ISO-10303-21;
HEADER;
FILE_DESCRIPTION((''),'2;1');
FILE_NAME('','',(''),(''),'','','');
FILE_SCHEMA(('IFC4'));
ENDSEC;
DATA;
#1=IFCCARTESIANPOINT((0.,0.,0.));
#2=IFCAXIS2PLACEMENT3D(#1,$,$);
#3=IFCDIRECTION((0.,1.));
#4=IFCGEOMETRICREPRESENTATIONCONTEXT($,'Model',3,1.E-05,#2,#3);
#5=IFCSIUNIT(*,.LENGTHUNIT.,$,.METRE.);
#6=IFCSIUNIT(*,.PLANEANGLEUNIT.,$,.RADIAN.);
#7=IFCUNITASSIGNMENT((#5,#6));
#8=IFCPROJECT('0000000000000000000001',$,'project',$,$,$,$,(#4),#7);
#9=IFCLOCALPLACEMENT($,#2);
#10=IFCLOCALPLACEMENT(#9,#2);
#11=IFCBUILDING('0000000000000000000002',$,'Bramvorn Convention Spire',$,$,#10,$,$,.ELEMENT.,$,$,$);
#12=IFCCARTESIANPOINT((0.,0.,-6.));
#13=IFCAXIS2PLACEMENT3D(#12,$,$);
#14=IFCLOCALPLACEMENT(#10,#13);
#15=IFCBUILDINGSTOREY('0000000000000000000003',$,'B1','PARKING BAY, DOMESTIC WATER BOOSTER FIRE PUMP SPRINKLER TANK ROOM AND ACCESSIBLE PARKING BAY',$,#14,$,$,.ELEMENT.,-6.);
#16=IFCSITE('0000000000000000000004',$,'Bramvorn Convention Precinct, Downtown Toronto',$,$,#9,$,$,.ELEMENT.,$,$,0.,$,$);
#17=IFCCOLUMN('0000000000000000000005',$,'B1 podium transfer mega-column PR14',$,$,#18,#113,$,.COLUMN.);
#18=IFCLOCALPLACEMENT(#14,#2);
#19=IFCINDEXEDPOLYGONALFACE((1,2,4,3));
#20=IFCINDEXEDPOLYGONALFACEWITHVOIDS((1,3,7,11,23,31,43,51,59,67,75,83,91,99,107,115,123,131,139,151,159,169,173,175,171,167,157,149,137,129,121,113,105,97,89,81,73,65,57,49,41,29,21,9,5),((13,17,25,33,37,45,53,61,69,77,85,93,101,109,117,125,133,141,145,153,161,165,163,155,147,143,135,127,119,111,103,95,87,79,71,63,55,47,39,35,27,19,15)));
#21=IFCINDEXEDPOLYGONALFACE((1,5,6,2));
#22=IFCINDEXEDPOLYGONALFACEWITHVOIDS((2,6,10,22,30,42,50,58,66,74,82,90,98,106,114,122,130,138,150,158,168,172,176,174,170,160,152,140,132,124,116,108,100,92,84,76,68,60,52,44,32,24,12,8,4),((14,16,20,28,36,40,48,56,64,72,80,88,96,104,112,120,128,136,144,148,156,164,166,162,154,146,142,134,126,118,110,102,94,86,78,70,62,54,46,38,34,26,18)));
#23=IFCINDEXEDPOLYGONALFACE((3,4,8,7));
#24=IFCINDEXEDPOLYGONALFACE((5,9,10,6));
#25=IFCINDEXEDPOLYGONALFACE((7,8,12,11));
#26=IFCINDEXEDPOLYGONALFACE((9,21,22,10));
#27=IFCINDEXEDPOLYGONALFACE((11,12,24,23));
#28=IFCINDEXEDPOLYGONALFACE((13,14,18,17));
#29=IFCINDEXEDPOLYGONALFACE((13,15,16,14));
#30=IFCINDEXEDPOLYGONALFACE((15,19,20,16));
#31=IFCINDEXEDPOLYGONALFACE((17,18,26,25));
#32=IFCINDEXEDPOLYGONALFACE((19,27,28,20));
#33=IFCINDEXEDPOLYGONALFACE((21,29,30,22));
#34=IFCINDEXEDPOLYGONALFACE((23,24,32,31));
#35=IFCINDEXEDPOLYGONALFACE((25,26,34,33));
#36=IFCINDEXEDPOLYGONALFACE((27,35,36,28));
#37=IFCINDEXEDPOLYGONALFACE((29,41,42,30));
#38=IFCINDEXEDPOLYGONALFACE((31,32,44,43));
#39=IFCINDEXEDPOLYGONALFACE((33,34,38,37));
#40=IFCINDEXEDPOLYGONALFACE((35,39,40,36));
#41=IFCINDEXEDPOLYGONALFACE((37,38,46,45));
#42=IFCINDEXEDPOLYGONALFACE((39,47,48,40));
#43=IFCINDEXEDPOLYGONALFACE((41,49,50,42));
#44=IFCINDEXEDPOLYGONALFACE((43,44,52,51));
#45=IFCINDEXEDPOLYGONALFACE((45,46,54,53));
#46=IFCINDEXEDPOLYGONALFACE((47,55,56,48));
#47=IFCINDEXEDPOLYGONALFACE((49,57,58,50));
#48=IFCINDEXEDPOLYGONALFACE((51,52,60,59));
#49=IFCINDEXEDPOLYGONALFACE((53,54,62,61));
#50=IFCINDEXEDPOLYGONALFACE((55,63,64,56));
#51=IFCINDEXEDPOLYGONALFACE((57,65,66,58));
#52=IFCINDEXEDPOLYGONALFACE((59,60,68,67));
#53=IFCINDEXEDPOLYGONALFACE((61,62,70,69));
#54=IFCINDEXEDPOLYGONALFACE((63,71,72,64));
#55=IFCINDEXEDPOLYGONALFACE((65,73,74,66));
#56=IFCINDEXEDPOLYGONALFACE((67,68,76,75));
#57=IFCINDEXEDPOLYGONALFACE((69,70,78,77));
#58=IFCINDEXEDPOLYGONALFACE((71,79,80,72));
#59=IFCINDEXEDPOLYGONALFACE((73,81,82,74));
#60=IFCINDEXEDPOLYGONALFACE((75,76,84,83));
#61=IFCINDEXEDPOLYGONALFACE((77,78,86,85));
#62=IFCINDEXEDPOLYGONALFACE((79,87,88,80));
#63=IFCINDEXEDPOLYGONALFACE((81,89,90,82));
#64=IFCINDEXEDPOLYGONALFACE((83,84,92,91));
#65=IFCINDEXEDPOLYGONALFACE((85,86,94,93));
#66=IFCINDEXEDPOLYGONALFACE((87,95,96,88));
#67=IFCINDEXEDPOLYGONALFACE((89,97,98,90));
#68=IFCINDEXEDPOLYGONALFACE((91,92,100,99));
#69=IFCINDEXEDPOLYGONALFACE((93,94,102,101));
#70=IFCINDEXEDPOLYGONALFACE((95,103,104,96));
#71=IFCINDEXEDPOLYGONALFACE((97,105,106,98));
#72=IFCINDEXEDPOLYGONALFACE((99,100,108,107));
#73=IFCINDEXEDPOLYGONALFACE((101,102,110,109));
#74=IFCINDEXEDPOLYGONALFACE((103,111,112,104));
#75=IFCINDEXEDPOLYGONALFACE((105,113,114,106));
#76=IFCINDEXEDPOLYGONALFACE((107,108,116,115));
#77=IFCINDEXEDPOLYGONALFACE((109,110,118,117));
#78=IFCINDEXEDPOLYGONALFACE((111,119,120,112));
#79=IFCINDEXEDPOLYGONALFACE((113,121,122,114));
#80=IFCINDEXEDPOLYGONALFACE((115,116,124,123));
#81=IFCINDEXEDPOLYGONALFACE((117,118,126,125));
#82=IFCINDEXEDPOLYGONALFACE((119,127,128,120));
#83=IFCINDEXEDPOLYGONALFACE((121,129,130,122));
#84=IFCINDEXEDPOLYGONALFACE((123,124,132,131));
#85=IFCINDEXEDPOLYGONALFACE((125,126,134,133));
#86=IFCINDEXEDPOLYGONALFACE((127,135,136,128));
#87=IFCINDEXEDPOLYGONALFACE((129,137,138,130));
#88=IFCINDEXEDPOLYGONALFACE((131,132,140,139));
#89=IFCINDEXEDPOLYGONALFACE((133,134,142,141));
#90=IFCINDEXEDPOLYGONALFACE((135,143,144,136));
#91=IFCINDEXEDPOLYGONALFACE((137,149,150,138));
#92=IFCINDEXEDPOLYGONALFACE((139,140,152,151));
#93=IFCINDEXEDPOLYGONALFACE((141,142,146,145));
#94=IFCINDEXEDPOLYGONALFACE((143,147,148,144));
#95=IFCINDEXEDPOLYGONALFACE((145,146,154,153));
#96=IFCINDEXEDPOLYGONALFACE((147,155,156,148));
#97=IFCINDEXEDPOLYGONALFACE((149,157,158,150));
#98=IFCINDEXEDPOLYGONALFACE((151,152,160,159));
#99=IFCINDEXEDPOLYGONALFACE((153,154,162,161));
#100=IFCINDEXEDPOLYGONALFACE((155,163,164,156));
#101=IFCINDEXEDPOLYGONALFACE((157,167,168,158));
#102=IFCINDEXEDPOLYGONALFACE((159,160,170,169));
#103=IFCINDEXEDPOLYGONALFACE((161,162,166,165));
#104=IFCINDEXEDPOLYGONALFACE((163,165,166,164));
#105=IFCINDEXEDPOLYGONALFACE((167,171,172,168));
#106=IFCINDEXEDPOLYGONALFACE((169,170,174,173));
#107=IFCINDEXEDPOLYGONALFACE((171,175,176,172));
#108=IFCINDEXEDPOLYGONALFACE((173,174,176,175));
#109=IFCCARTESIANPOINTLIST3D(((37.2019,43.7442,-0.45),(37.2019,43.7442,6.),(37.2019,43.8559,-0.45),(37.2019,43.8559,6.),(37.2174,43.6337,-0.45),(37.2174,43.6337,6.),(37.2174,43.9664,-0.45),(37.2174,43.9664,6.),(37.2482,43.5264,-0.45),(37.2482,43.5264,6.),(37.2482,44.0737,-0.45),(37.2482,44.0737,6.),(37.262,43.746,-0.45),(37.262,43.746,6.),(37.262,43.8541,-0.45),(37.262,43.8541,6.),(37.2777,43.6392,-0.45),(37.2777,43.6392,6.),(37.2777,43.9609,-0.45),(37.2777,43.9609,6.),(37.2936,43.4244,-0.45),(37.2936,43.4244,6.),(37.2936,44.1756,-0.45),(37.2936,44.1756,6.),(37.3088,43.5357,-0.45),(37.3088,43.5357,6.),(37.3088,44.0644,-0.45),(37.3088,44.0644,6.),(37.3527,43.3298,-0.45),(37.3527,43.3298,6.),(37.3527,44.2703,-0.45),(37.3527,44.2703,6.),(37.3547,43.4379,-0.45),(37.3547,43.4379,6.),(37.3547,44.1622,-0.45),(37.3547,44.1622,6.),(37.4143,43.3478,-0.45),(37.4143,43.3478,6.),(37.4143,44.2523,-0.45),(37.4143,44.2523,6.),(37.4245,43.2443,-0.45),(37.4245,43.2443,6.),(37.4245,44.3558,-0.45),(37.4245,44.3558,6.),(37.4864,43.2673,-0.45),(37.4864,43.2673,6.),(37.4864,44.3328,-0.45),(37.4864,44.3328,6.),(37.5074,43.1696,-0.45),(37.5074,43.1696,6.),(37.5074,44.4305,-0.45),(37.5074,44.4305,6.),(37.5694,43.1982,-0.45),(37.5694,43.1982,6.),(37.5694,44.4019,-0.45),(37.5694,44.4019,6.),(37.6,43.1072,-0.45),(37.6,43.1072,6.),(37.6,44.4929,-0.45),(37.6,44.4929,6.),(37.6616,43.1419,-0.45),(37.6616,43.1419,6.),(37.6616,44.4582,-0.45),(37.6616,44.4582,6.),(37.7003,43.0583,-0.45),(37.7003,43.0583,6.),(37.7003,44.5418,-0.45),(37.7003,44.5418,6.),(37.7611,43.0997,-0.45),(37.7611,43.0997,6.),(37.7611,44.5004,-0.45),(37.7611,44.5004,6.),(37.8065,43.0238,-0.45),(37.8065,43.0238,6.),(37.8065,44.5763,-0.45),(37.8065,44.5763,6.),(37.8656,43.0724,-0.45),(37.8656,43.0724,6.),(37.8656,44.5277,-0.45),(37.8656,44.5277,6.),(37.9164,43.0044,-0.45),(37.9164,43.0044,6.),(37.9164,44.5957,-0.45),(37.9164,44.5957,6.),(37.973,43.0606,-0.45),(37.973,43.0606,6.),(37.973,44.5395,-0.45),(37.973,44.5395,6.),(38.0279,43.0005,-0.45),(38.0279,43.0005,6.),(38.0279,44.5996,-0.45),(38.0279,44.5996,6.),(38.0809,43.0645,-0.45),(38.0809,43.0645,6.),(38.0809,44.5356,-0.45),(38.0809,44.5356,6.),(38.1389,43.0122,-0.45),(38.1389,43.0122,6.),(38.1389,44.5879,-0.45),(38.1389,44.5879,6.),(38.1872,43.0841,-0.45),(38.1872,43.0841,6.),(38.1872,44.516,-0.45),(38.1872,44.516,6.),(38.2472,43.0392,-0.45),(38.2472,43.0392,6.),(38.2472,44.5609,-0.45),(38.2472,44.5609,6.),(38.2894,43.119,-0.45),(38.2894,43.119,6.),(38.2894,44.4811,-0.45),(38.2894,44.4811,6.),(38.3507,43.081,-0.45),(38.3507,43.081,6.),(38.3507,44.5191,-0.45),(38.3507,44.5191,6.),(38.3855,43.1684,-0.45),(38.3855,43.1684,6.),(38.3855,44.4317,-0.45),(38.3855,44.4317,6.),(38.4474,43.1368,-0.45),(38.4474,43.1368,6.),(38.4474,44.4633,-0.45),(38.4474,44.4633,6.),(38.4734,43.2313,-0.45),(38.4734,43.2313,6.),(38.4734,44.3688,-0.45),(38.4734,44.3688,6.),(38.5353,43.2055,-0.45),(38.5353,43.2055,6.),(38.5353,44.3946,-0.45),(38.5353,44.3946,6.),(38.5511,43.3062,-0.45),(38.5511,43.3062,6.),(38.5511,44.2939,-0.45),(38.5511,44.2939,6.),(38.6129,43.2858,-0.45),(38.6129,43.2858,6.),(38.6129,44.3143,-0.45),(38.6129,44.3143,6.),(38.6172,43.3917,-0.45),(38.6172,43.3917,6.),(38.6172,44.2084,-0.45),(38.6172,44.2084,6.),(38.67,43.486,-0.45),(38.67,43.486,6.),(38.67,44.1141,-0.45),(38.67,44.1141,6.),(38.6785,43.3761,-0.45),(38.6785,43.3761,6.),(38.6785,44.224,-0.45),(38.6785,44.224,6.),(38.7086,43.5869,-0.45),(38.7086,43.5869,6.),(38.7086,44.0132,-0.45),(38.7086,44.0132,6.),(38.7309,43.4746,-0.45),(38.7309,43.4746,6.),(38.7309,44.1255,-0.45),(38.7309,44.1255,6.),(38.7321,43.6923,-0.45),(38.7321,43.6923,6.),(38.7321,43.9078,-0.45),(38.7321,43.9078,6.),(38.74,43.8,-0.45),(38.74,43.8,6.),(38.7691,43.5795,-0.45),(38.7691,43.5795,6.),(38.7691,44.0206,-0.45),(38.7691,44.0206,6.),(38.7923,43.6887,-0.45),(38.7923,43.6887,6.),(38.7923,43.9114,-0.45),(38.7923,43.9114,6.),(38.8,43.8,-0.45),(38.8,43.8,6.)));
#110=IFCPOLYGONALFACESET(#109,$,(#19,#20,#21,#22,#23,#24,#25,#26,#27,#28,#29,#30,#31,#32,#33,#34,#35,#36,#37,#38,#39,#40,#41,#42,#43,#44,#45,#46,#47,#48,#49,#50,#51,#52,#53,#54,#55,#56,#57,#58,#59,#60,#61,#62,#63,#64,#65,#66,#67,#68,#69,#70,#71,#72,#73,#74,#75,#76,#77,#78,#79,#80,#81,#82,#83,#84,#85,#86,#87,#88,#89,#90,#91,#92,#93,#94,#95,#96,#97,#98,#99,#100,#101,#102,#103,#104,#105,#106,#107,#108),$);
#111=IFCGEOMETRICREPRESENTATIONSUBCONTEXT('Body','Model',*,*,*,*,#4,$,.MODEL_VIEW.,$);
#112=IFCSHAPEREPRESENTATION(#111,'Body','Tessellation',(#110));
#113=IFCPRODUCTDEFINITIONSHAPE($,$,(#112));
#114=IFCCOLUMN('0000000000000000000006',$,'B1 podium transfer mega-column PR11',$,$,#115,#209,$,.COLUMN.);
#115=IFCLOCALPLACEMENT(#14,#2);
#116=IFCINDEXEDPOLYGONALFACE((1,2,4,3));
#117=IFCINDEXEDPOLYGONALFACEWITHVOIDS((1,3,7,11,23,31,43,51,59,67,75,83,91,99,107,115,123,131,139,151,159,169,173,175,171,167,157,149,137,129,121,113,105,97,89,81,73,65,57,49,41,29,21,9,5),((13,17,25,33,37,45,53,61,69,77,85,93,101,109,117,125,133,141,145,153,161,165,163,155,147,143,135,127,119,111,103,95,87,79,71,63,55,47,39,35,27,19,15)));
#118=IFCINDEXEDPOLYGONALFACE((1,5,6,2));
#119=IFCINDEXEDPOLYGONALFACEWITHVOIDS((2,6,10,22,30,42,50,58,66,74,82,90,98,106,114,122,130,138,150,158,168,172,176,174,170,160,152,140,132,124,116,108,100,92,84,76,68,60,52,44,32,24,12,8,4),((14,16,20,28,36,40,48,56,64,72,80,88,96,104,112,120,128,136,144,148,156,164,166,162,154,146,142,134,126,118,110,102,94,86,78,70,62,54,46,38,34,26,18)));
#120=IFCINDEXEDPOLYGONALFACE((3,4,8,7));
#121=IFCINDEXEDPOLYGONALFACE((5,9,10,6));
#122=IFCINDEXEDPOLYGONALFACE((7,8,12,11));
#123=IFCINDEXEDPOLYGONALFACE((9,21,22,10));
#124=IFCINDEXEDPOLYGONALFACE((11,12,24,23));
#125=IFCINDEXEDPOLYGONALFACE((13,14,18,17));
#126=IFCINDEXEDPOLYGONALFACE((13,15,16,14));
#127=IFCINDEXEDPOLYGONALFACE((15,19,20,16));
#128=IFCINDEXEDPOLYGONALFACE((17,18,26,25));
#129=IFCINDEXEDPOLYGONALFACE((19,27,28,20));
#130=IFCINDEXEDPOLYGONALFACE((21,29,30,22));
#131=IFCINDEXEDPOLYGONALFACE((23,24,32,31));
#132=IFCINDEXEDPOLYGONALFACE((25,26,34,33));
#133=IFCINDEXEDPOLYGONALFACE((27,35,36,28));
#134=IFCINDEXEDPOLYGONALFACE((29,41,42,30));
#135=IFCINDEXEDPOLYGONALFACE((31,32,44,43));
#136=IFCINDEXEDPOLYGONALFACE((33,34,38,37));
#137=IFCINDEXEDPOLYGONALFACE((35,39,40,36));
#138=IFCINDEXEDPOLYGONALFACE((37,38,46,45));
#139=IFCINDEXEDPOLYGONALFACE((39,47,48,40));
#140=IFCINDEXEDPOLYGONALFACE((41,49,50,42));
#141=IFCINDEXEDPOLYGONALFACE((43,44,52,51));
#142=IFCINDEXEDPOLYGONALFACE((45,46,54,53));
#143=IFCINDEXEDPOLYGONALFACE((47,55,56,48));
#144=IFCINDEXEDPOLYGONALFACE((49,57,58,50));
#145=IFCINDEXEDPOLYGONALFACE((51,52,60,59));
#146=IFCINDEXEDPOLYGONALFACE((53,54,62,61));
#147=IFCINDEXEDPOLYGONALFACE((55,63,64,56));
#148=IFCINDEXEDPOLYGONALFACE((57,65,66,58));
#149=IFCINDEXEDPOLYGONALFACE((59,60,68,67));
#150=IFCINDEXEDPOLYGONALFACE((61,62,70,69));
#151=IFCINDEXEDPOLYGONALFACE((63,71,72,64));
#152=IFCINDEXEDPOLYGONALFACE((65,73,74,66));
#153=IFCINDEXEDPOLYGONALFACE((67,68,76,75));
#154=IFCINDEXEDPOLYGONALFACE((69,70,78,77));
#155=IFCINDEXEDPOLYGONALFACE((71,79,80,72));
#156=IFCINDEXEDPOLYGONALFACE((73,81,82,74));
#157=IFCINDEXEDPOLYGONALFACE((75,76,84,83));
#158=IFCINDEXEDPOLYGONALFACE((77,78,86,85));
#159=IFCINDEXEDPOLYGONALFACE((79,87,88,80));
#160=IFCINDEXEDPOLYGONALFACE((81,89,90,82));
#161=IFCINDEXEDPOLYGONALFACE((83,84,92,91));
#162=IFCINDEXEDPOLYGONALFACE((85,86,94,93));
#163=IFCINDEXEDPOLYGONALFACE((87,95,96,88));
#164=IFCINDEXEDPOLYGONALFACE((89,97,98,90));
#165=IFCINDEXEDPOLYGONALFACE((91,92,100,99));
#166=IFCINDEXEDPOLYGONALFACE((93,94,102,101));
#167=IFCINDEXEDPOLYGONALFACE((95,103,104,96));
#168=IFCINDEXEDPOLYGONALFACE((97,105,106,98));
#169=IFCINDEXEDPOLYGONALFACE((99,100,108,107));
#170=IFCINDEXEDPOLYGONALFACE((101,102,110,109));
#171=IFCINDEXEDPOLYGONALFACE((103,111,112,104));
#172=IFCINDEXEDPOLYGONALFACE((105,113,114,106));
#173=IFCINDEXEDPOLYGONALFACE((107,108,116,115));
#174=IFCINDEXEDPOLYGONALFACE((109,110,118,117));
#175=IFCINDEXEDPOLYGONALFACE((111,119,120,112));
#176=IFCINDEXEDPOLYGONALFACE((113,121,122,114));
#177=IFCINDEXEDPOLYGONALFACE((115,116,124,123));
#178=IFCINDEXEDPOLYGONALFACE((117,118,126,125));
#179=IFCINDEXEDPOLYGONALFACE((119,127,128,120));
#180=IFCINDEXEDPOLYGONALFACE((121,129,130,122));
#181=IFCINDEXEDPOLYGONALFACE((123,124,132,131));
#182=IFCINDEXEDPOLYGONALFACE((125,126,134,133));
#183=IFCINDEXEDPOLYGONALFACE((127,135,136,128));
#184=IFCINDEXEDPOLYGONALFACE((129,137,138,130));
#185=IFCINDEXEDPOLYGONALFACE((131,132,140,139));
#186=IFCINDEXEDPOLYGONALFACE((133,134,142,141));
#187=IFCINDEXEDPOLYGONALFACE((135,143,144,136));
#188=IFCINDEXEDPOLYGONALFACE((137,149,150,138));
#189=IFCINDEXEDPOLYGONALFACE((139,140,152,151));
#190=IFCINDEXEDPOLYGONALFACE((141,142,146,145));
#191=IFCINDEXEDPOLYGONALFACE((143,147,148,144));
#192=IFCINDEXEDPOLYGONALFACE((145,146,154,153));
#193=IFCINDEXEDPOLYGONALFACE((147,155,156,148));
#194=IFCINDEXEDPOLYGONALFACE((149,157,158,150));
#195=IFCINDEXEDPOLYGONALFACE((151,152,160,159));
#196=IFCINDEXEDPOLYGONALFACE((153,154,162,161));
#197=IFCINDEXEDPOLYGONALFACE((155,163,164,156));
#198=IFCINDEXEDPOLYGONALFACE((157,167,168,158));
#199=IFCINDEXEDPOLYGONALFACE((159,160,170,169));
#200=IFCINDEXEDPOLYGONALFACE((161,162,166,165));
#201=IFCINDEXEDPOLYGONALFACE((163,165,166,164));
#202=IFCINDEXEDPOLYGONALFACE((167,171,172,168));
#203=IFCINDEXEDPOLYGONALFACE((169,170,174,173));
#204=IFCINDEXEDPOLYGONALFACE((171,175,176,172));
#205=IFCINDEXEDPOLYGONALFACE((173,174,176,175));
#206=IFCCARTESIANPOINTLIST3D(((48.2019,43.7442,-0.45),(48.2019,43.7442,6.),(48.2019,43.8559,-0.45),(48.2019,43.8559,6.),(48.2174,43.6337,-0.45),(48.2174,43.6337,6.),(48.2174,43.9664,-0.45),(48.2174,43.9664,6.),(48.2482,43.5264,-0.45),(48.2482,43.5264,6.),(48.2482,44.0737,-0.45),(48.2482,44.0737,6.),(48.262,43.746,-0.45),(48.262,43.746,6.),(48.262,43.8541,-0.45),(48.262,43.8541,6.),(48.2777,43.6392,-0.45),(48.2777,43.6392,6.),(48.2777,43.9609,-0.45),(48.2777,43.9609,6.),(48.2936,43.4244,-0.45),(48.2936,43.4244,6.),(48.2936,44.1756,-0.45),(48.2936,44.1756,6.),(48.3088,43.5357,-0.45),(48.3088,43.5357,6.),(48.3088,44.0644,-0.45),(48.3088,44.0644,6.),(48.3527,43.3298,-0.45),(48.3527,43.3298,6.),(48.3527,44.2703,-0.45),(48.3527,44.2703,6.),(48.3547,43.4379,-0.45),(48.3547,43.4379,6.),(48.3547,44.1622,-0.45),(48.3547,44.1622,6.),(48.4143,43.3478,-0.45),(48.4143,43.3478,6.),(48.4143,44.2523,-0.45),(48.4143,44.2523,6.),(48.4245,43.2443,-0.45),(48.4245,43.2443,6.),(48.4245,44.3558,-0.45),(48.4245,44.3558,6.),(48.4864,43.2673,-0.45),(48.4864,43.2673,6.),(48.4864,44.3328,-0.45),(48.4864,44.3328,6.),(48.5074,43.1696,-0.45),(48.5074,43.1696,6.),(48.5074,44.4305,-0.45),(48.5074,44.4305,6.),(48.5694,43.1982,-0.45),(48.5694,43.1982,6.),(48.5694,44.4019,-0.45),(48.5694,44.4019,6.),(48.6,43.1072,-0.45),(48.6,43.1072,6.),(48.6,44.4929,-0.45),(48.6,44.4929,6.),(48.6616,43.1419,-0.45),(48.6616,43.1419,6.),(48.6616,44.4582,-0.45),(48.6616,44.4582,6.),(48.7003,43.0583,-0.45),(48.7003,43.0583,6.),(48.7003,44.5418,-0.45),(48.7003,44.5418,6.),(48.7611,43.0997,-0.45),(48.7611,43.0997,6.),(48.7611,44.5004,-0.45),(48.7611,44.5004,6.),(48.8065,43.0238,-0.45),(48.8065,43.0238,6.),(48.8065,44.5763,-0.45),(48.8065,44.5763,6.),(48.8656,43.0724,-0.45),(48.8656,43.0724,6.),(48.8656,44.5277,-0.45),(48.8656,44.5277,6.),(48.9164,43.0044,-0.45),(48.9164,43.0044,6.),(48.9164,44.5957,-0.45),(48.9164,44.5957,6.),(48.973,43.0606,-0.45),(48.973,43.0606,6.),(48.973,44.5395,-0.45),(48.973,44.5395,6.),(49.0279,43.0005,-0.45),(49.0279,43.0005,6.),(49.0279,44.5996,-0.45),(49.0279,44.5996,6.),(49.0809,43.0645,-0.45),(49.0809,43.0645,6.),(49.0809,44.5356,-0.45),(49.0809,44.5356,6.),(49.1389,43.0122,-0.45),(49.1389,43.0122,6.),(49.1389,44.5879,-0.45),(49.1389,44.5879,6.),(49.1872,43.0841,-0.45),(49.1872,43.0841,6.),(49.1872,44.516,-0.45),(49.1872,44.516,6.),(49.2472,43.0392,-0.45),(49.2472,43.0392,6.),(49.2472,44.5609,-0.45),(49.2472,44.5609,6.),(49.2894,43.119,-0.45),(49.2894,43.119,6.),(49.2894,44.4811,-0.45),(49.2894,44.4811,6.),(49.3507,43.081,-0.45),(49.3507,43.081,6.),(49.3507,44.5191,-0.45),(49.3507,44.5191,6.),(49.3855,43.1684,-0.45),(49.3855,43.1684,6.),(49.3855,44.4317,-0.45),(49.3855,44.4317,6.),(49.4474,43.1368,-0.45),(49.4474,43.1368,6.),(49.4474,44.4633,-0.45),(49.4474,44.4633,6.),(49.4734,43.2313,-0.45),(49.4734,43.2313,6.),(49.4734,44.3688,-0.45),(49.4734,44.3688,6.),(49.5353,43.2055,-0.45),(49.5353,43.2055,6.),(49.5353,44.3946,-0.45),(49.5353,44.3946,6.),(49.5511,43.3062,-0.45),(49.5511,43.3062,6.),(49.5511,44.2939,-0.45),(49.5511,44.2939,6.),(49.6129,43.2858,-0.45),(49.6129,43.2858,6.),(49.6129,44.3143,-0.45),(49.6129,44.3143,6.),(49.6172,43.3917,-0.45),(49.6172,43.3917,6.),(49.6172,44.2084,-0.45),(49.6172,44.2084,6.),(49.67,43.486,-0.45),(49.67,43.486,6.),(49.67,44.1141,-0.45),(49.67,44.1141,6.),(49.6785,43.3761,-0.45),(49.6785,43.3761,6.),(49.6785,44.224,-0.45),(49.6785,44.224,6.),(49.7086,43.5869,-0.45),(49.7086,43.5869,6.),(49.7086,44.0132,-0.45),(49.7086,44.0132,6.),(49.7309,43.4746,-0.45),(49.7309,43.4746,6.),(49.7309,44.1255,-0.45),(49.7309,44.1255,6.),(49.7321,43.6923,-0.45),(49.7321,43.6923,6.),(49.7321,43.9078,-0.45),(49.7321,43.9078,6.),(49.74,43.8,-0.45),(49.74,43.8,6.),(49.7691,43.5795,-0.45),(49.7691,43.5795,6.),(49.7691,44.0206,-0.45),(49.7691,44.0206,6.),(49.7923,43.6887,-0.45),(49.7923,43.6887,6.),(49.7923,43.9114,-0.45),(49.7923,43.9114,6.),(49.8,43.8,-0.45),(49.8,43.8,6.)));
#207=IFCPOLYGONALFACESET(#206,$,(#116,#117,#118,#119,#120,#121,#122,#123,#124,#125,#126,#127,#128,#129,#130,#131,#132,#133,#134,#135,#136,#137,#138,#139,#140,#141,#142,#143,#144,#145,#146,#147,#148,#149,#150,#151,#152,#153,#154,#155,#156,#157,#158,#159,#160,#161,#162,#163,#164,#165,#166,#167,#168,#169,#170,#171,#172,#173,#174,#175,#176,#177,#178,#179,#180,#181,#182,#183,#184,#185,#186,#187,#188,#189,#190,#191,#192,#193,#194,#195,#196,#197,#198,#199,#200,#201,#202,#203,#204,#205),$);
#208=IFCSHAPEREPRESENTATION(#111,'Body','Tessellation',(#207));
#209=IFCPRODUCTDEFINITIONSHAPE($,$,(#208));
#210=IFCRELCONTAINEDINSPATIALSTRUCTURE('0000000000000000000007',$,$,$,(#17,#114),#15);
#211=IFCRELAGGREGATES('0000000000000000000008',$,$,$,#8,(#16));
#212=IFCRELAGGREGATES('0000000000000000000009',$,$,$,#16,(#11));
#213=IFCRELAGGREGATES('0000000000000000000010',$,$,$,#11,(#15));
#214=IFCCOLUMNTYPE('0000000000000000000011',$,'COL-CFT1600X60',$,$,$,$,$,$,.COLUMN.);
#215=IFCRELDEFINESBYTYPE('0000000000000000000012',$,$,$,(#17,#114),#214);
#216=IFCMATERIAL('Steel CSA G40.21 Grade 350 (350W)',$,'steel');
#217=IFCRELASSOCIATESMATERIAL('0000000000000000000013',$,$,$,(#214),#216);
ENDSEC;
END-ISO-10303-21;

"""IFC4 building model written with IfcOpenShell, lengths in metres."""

from ifc_helpers import new_model, si_unit, direction, frame, origin, origin_2d, place, context, subcontext, project, spatial, hollow_circle, extrude, material, material_profile, profile_set, type_object, element, save


model = new_model("IFC4")

# Units and contexts
model_context = context("Model", 3, precision=1e-05, world=origin(), true_north=direction((0.0, 1.0)))
body_context = subcontext(model_context, "Body", "Model", "MODEL_VIEW")
ifc_project = project(units=[si_unit("LENGTHUNIT", "METRE"), si_unit("PLANEANGLEUNIT", "RADIAN")], contexts=[model_context])

# Site, building, storey
site_placement = place(None, origin())
site = spatial("IfcSite", under=ifc_project, at=site_placement, Name="Bramvorn Convention Precinct, Downtown Toronto", CompositionType="ELEMENT", RefElevation=0.0)
building_placement = place(site_placement, origin())
building = spatial("IfcBuilding", under=site, at=building_placement, Name="Bramvorn Convention Spire", CompositionType="ELEMENT")
storey_placement = place(building_placement, frame((0.0, 0.0, -6.0)))
storey = spatial("IfcBuildingStorey", under=building, at=storey_placement, Name="B1", Description="PARKING BAY, DOMESTIC WATER BOOSTER FIRE PUMP SPRINKLER TANK ROOM AND ACCESSIBLE PARKING BAY", CompositionType="ELEMENT", Elevation=-6.0)

# Columns
ifc_material_1 = material(Name="Steel CSA G40.21 Grade 350 (350W)", Category="steel")
ifc_material_profile_1 = material_profile(ifc_material_1, hollow_circle(Radius=0.8, WallThickness=0.0601, at=origin_2d()))
ifc_profile_set_1 = profile_set([ifc_material_profile_1], Name="Steel CSA G40.21 Grade 350 (350W) - CFT1600X60")
column_type_1 = type_object("IfcColumnType", Name="COL-CFT1600X60", PredefinedType="COLUMN", material=ifc_profile_set_1)
for number, where, z_axis, x_axis, name in (
    (1, (38.0, 43.8, -0.45), (0.0, 0.0, 1.0), (1.0, 0.0, 0.0), "B1 podium transfer mega-column PR14"),
    (2, (49.0, 43.8, -0.45), (0.0, 0.0, 1.0), (1.0, 0.0, 0.0), "B1 podium transfer mega-column PR11"),
):
    element("IfcColumn", number, at=place(storey_placement, frame(where, z_axis=z_axis, x_axis=x_axis)), inside=storey, type_object=column_type_1, Name=name, PredefinedType="COLUMN", context=body_context, shape_type="SweptSolid", body=[
        extrude(hollow_circle(Radius=0.8, WallThickness=0.0601, at=origin_2d()), origin(), (0.0, 0.0, 1.0), 6.45),
    ])

save(model, "model.ifc")
